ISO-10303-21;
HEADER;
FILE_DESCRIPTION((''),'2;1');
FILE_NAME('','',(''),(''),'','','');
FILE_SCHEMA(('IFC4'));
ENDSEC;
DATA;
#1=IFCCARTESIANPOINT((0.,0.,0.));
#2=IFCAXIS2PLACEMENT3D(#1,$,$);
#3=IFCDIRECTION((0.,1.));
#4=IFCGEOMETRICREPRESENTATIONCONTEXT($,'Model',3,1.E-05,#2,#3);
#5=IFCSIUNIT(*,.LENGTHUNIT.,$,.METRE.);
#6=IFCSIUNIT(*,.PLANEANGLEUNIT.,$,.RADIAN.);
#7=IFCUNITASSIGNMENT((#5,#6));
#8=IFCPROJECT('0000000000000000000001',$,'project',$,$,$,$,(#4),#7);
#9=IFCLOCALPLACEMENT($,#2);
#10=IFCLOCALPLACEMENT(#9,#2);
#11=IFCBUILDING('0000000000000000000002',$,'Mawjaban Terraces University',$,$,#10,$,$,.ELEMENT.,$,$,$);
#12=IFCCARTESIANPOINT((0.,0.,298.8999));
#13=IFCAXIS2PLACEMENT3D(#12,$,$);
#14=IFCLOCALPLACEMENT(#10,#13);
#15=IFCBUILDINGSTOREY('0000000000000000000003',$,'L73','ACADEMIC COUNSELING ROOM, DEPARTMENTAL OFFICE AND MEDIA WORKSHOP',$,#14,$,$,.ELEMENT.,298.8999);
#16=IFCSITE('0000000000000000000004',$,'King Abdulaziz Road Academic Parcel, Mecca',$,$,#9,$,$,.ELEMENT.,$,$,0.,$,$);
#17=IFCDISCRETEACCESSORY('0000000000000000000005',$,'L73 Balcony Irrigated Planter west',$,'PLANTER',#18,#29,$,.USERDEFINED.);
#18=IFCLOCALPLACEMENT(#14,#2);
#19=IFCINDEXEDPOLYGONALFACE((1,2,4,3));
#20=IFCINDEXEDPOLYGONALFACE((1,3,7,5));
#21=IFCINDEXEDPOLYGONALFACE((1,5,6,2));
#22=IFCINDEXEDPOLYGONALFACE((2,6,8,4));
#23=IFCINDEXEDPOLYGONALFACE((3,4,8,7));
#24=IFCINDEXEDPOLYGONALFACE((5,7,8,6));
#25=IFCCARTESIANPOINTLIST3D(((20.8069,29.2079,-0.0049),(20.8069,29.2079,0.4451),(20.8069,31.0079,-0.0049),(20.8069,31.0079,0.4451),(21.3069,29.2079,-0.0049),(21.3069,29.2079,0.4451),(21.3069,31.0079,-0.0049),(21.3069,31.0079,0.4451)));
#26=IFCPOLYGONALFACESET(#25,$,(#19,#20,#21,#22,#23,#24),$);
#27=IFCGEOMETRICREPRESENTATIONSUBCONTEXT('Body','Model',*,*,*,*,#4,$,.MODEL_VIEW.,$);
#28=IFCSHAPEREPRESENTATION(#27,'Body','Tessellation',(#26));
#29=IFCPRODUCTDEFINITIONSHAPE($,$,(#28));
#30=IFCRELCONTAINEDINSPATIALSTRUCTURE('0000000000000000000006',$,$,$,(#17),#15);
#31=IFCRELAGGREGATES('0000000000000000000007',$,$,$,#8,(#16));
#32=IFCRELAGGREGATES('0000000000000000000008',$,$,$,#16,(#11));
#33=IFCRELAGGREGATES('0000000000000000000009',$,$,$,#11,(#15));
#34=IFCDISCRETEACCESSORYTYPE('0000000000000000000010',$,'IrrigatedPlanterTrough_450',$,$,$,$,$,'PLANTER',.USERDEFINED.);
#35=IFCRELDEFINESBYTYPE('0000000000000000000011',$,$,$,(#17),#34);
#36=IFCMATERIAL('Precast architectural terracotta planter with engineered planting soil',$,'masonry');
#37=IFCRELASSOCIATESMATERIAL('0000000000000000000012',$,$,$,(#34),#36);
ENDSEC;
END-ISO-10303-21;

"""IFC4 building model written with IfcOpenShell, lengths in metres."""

from ifc_helpers import new_model, si_unit, direction, frame, origin, origin_2d, place, context, subcontext, project, spatial, rectangle, extrude, material, type_object, element, save


model = new_model("IFC4")

# Units and contexts
model_context = context("Model", 3, precision=1e-05, world=origin(), true_north=direction((0.0, 1.0)))
body_context = subcontext(model_context, "Body", "Model", "MODEL_VIEW")
ifc_project = project(units=[si_unit("LENGTHUNIT", "METRE"), si_unit("PLANEANGLEUNIT", "RADIAN")], contexts=[model_context])

# Site, building, storey
site_placement = place(None, origin())
site = spatial("IfcSite", under=ifc_project, at=site_placement, Name="King Abdulaziz Road Academic Parcel, Mecca", CompositionType="ELEMENT", RefElevation=0.0)
building_placement = place(site_placement, origin())
building = spatial("IfcBuilding", under=site, at=building_placement, Name="Mawjaban Terraces University", CompositionType="ELEMENT")
storey_placement = place(building_placement, frame((0.0, 0.0, 298.8999)))
storey = spatial("IfcBuildingStorey", under=building, at=storey_placement, Name="L73", Description="ACADEMIC COUNSELING ROOM, DEPARTMENTAL OFFICE AND MEDIA WORKSHOP", CompositionType="ELEMENT", Elevation=298.8999)

# Discrete accessory
ifc_material_1 = material(Name="Precast architectural terracotta planter with engineered planting soil", Category="masonry")
discrete_accessory_type_1 = type_object("IfcDiscreteAccessoryType", Name="IrrigatedPlanterTrough_450", ElementType="PLANTER", PredefinedType="USERDEFINED", material=ifc_material_1)
discrete_accessory_1_placement = place(storey_placement, frame((21.0569, 30.1079, -0.0049), z_axis=(0.0, 0.0, 1.0), x_axis=(0.0, 1.0, 0.0)))
element("IfcDiscreteAccessory", 1, at=discrete_accessory_1_placement, inside=storey, type_object=discrete_accessory_type_1, Name="L73 Balcony Irrigated Planter west", ObjectType="PLANTER", PredefinedType="USERDEFINED", context=body_context, shape_type="SweptSolid", body=[
    extrude(rectangle(XDim=1.8, YDim=0.5, at=origin_2d()), origin(), (0.0, 0.0, 1.0), 0.45),
])

save(model, "model.ifc")
